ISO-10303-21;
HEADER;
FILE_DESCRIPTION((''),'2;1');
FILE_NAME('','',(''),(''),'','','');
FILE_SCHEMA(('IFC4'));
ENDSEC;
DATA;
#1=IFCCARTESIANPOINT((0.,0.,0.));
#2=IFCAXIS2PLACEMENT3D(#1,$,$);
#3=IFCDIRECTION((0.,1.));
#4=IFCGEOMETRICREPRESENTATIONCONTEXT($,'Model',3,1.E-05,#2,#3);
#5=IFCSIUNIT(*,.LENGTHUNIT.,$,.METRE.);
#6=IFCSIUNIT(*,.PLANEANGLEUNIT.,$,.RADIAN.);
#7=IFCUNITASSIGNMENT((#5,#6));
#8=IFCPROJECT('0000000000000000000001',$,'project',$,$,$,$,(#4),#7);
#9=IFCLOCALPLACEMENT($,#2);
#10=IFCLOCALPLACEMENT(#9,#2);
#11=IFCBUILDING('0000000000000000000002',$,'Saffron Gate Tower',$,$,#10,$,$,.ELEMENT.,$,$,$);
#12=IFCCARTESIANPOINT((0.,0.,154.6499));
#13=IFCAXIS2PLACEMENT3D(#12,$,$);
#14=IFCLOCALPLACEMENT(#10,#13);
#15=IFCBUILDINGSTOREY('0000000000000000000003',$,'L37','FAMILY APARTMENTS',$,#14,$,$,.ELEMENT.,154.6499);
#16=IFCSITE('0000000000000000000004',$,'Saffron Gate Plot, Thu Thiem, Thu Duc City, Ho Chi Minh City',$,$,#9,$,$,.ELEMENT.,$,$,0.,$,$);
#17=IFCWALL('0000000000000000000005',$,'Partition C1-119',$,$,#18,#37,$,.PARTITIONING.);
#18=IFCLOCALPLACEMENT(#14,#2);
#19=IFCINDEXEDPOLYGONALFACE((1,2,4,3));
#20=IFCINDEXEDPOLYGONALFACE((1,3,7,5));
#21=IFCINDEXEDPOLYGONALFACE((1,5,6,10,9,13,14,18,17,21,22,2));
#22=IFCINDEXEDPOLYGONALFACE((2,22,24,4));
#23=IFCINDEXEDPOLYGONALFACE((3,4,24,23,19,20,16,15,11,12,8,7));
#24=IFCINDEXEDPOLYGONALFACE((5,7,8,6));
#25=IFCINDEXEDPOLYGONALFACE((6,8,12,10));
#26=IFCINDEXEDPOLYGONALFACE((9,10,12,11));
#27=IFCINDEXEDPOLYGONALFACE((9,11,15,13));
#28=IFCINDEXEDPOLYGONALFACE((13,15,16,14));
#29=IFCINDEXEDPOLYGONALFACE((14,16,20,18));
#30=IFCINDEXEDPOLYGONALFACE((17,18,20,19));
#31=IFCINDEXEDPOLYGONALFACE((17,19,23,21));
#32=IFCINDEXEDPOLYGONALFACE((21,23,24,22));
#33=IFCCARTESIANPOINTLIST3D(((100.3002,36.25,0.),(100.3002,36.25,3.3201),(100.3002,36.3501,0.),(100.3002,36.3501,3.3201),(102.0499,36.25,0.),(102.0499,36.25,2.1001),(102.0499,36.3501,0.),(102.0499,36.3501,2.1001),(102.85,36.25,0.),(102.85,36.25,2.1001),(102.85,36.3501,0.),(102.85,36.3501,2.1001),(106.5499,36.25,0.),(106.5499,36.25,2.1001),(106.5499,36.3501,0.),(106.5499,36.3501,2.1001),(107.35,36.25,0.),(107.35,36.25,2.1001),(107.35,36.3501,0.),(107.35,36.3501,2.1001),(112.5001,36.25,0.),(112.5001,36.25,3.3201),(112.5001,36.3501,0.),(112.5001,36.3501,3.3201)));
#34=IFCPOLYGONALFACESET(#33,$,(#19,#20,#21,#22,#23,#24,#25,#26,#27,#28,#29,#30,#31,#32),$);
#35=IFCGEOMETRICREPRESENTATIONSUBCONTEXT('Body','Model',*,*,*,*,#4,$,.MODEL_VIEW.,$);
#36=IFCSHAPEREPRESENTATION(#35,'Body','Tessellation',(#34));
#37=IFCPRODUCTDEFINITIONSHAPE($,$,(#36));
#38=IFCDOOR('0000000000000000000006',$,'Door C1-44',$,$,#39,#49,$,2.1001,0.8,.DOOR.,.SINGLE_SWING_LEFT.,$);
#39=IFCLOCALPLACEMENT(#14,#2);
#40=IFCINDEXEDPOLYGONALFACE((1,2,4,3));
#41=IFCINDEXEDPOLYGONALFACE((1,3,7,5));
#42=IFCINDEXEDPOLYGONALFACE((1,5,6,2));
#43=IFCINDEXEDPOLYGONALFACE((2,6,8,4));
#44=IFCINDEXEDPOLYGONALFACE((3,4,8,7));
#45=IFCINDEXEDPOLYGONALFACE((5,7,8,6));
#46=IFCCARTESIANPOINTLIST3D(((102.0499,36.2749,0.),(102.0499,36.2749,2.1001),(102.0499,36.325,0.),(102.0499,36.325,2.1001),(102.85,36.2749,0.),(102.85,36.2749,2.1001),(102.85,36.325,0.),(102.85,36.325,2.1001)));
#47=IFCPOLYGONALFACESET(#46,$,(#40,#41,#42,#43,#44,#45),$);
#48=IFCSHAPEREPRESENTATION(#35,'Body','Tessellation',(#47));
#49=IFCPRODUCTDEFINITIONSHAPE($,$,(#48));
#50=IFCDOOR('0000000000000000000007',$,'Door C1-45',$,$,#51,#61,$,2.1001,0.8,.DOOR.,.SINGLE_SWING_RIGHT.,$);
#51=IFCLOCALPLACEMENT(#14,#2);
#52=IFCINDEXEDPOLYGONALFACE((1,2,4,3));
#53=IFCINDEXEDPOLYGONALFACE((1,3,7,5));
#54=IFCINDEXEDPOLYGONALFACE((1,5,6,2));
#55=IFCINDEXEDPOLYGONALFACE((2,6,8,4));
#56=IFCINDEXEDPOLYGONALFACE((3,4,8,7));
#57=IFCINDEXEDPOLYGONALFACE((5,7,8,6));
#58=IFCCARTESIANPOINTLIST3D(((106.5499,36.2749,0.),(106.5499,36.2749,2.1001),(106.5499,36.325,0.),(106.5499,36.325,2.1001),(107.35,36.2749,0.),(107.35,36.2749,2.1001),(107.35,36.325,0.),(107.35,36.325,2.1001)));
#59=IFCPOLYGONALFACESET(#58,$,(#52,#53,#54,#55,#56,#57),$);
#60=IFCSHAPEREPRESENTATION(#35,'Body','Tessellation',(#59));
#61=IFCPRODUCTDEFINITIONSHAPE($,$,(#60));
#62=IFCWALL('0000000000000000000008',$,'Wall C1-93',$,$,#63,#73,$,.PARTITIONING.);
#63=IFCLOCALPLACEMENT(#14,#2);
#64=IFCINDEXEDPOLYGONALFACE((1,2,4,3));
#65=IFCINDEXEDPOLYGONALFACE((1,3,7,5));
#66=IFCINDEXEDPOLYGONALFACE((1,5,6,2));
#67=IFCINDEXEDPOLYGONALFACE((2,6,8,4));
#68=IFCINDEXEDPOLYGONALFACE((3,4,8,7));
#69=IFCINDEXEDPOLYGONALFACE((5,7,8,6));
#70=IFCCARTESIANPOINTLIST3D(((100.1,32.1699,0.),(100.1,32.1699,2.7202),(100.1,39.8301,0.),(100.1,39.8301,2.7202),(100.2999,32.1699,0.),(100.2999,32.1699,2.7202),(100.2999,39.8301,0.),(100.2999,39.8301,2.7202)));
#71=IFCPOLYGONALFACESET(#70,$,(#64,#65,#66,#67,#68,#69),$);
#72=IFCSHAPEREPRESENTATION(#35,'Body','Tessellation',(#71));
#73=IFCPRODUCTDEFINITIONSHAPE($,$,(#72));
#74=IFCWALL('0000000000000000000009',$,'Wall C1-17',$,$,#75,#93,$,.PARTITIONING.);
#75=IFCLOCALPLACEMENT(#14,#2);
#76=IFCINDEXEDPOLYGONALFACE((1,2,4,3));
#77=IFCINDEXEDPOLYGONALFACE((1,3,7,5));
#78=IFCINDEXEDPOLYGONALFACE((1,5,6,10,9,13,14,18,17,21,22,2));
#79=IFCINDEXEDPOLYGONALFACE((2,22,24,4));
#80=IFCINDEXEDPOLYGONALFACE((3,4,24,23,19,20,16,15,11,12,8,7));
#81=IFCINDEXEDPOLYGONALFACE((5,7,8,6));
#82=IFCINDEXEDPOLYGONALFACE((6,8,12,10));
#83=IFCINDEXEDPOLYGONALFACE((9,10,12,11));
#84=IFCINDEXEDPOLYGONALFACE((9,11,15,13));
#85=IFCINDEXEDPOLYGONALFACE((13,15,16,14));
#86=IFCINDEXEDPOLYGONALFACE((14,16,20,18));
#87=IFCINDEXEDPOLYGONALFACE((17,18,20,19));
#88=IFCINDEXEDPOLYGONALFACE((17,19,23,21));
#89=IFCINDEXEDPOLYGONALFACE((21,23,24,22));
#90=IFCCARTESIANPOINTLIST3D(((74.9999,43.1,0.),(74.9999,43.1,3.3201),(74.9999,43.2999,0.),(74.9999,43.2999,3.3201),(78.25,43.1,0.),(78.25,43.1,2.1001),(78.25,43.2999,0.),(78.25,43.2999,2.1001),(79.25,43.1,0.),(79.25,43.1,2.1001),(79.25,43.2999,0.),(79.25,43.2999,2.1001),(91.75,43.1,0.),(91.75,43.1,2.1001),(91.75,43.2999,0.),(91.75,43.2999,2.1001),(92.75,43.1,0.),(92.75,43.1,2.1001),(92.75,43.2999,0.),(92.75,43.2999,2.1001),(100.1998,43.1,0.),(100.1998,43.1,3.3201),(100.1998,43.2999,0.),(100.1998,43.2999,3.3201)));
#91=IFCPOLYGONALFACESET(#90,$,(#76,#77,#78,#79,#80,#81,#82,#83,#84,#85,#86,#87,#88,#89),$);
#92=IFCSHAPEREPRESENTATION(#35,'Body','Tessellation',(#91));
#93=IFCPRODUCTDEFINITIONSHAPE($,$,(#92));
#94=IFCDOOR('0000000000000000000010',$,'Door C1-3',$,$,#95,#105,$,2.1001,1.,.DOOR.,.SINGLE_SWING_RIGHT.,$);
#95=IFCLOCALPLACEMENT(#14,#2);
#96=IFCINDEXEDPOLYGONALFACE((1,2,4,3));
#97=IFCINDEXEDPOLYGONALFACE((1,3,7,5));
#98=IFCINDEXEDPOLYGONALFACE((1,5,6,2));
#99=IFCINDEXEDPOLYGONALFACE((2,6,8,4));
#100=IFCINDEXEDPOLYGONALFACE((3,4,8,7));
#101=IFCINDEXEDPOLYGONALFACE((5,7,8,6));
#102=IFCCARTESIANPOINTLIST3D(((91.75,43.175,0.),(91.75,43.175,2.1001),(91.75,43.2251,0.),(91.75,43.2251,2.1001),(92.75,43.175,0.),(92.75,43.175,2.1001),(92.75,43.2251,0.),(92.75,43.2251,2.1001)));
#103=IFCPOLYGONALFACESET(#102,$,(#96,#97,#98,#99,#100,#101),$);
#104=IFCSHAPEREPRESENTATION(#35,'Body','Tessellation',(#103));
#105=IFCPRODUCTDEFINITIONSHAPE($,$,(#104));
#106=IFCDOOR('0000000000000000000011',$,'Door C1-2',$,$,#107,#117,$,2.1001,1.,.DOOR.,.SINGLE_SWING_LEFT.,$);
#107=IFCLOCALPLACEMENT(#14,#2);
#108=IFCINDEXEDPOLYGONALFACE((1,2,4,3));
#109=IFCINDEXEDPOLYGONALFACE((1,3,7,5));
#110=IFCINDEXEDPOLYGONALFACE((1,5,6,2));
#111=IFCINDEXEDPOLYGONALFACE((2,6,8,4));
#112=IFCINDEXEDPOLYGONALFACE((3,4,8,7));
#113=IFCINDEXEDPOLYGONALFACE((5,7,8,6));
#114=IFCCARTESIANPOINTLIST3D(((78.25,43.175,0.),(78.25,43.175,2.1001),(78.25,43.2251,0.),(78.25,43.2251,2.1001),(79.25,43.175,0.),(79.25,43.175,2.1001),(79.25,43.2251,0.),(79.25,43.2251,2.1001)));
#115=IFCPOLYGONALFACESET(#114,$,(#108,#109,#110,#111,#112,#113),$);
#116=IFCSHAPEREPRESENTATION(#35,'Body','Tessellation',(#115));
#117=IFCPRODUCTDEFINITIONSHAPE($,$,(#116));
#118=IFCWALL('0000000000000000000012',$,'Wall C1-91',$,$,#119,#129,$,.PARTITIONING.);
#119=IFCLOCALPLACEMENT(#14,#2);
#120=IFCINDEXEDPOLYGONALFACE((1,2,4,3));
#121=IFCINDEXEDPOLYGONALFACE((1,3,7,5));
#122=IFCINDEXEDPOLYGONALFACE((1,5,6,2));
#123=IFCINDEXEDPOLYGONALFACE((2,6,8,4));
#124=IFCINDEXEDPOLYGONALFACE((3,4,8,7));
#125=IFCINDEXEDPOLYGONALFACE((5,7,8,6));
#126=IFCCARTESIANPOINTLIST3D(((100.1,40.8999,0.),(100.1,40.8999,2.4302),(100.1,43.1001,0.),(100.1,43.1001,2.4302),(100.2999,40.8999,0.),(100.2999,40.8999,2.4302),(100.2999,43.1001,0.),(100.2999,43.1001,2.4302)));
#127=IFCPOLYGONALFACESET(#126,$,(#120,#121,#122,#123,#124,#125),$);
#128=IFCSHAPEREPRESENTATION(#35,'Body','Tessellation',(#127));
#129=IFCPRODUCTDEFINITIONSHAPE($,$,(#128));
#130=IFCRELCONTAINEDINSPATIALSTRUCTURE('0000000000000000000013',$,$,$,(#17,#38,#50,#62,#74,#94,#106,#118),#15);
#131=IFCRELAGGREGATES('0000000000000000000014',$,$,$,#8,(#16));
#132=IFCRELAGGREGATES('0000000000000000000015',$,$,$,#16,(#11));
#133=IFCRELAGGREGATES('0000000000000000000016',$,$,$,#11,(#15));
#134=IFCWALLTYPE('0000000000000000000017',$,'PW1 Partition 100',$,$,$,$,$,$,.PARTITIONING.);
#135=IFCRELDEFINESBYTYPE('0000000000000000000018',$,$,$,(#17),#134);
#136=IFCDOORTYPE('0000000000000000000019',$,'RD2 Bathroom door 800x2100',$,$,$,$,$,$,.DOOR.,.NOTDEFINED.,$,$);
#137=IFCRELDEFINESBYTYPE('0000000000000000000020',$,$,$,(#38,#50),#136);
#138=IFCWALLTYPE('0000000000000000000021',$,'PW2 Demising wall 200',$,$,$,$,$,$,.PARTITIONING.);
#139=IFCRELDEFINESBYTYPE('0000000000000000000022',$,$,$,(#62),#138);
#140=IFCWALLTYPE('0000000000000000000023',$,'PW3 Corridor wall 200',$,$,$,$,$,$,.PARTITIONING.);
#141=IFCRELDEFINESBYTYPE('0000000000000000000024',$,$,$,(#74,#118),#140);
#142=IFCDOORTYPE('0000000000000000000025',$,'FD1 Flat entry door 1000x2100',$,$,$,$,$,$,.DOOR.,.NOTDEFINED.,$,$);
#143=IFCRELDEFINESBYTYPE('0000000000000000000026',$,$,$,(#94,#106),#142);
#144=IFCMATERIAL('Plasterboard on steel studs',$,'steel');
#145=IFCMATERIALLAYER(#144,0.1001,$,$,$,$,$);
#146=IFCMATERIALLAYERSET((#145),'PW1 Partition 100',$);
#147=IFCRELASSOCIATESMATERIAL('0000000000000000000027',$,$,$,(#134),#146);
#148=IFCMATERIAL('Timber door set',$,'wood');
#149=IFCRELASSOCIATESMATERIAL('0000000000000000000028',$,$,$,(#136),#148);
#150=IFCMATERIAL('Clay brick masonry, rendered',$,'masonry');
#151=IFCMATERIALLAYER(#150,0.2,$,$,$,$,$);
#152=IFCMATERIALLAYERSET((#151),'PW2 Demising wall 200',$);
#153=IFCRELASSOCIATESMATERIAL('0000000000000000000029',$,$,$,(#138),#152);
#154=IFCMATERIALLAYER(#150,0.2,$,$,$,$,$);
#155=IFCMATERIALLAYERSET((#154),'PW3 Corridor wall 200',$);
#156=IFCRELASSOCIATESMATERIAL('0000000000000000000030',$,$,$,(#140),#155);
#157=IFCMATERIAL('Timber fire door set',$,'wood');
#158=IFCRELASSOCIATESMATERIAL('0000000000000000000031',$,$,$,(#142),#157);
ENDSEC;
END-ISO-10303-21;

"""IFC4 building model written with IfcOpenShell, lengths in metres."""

from ifc_helpers import new_model, si_unit, direction, frame, frame_2d, origin, place, context, subcontext, project, spatial, rectangle, extrude, material, layer, layer_set, type_object, element, fill, save


model = new_model("IFC4")

# Units and contexts
model_context = context("Model", 3, precision=1e-05, world=origin(), true_north=direction((0.0, 1.0)))
body_context = subcontext(model_context, "Body", "Model", "MODEL_VIEW")
ifc_project = project(units=[si_unit("LENGTHUNIT", "METRE"), si_unit("PLANEANGLEUNIT", "RADIAN")], contexts=[model_context])

# Site, building, storey
site_placement = place(None, origin())
site = spatial("IfcSite", under=ifc_project, at=site_placement, Name="Saffron Gate Plot, Thu Thiem, Thu Duc City, Ho Chi Minh City", CompositionType="ELEMENT", RefElevation=0.0)
building_placement = place(site_placement, origin())
building = spatial("IfcBuilding", under=site, at=building_placement, Name="Saffron Gate Tower", CompositionType="ELEMENT")
storey_placement = place(building_placement, frame((0.0, 0.0, 154.6499)))
storey = spatial("IfcBuildingStorey", under=building, at=storey_placement, Name="L37", Description="FAMILY APARTMENTS", CompositionType="ELEMENT", Elevation=154.6499)

# Wall, openings, doors
ifc_material_1 = material(Name="Plasterboard on steel studs", Category="steel")
ifc_layer_1 = layer(ifc_material_1, 0.1001)
ifc_layer_set_1 = layer_set([ifc_layer_1], Name="PW1 Partition 100")
wall_type_1 = type_object("IfcWallType", Name="PW1 Partition 100", PredefinedType="PARTITIONING", material=ifc_layer_set_1)
ifc_material_2 = material(Name="Timber door set", Category="wood")
wall_1_placement = place(storey_placement, frame((100.3, 36.3, 0.0), z_axis=(0.0, 0.0, 1.0), x_axis=(1.0, 0.0, 0.0)))
wall_1 = element("IfcWall", 1, at=wall_1_placement, inside=storey, type_object=wall_type_1, Name="Partition C1-119", PredefinedType="PARTITIONING", context=body_context, shape_type="SweptSolid", body=[
    extrude(rectangle(XDim=12.2, YDim=0.1001, at=frame_2d((6.1001, 0.0))), origin(), (0.0, 0.0, 1.0), 3.3201),
])
opening_1_placement = place(wall_1_placement, frame((1.75, 0.0, 0.0)))
opening_1 = element("IfcOpeningElement", 2, at=opening_1_placement, cuts=wall_1, PredefinedType="OPENING", context=body_context, shape_type="SweptSolid", body=[
    extrude(rectangle(XDim=0.8, YDim=2.1001, at=frame_2d((0.3999, 1.05))), frame((0.0, 0.0601, 0.0), z_axis=(0.0, -1.0, 0.0), x_axis=(1.0, 0.0, 0.0)), (0.0, 0.0, 1.0), 0.1201),
])
opening_2_placement = place(wall_1_placement, frame((6.25, 0.0, 0.0)))
opening_2 = element("IfcOpeningElement", 3, at=opening_2_placement, cuts=wall_1, PredefinedType="OPENING", context=body_context, shape_type="SweptSolid", body=[
    extrude(rectangle(XDim=0.8, YDim=2.1001, at=frame_2d((0.3999, 1.05))), frame((0.0, 0.0601, 0.0), z_axis=(0.0, -1.0, 0.0), x_axis=(1.0, 0.0, 0.0)), (0.0, 0.0, 1.0), 0.1201),
])
door_type_1 = type_object("IfcDoorType", Name="RD2 Bathroom door 800x2100", OperationType="NOTDEFINED", PredefinedType="DOOR", material=ifc_material_2)
door_1_placement = place(opening_1_placement, origin())
door_1 = element("IfcDoor", 4, at=door_1_placement, inside=storey, type_object=door_type_1, Name="Door C1-44", OperationType="SINGLE_SWING_LEFT", OverallHeight=2.1001, OverallWidth=0.8, PredefinedType="DOOR", context=body_context, shape_type="SweptSolid", body=[
    extrude(rectangle(XDim=0.8, YDim=2.1001, at=frame_2d((0.3999, 1.05))), frame((0.0, 0.0249, 0.0), z_axis=(0.0, -1.0, 0.0), x_axis=(1.0, 0.0, 0.0)), (0.0, 0.0, 1.0), 0.05),
])
fill(opening_1, door_1)
door_2_placement = place(opening_2_placement, origin())
door_2 = element("IfcDoor", 5, at=door_2_placement, inside=storey, type_object=door_type_1, Name="Door C1-45", OperationType="SINGLE_SWING_RIGHT", OverallHeight=2.1001, OverallWidth=0.8, PredefinedType="DOOR", context=body_context, shape_type="SweptSolid", body=[
    extrude(rectangle(XDim=0.8, YDim=2.1001, at=frame_2d((0.3999, 1.05))), frame((0.0, 0.0249, 0.0), z_axis=(0.0, -1.0, 0.0), x_axis=(1.0, 0.0, 0.0)), (0.0, 0.0, 1.0), 0.05),
])
fill(opening_2, door_2)

# Wall
ifc_material_3 = material(Name="Clay brick masonry, rendered", Category="masonry")
ifc_layer_2 = layer(ifc_material_3, 0.2)
ifc_layer_set_2 = layer_set([ifc_layer_2], Name="PW2 Demising wall 200")
wall_type_2 = type_object("IfcWallType", Name="PW2 Demising wall 200", PredefinedType="PARTITIONING", material=ifc_layer_set_2)
wall_2_placement = place(storey_placement, frame((100.2, 39.8301, 0.0), z_axis=(0.0, 0.0, 1.0), x_axis=(0.0, -1.0, 0.0)))
element("IfcWall", 6, at=wall_2_placement, inside=storey, type_object=wall_type_2, Name="Wall C1-93", PredefinedType="PARTITIONING", context=body_context, shape_type="SweptSolid", body=[
    extrude(rectangle(XDim=7.6602, YDim=0.2, at=frame_2d((3.8301, 0.0))), origin(), (0.0, 0.0, 1.0), 2.7202),
])

# Wall, openings, doors
ifc_layer_3 = layer(ifc_material_3, 0.2)
ifc_layer_set_3 = layer_set([ifc_layer_3], Name="PW3 Corridor wall 200")
wall_type_3 = type_object("IfcWallType", Name="PW3 Corridor wall 200", PredefinedType="PARTITIONING", material=ifc_layer_set_3)
wall_3_placement = place(storey_placement, frame((100.2, 43.2, 0.0), z_axis=(0.0, 0.0, 1.0), x_axis=(-1.0, 0.0, 0.0)))
wall_3 = element("IfcWall", 7, at=wall_3_placement, inside=storey, type_object=wall_type_3, Name="Wall C1-17", PredefinedType="PARTITIONING", context=body_context, shape_type="SweptSolid", body=[
    extrude(rectangle(XDim=25.2, YDim=0.2, at=frame_2d((12.6001, 0.0))), origin(), (0.0, 0.0, 1.0), 3.3201),
])
opening_3_placement = place(wall_3_placement, frame((7.45, 0.0, 0.0)))
opening_3 = element("IfcOpeningElement", 8, at=opening_3_placement, cuts=wall_3, PredefinedType="OPENING", context=body_context, shape_type="SweptSolid", body=[
    extrude(rectangle(XDim=1.0, YDim=2.1001, at=frame_2d((0.5, 1.05))), frame((0.0, 0.1099, 0.0), z_axis=(0.0, -1.0, 0.0), x_axis=(1.0, 0.0, 0.0)), (0.0, 0.0, 1.0), 0.22),
])
opening_4_placement = place(wall_3_placement, frame((20.95, 0.0, 0.0)))
opening_4 = element("IfcOpeningElement", 9, at=opening_4_placement, cuts=wall_3, PredefinedType="OPENING", context=body_context, shape_type="SweptSolid", body=[
    extrude(rectangle(XDim=1.0, YDim=2.1001, at=frame_2d((0.5, 1.05))), frame((0.0, 0.1099, 0.0), z_axis=(0.0, -1.0, 0.0), x_axis=(1.0, 0.0, 0.0)), (0.0, 0.0, 1.0), 0.22),
])
ifc_material_4 = material(Name="Timber fire door set", Category="wood")
door_type_2 = type_object("IfcDoorType", Name="FD1 Flat entry door 1000x2100", OperationType="NOTDEFINED", PredefinedType="DOOR", material=ifc_material_4)
door_3_placement = place(opening_3_placement, origin())
door_3 = element("IfcDoor", 10, at=door_3_placement, inside=storey, type_object=door_type_2, Name="Door C1-3", OperationType="SINGLE_SWING_RIGHT", OverallHeight=2.1001, OverallWidth=1.0, PredefinedType="DOOR", context=body_context, shape_type="SweptSolid", body=[
    extrude(rectangle(XDim=1.0, YDim=2.1001, at=frame_2d((0.5, 1.05))), frame((0.0, 0.0249, 0.0), z_axis=(0.0, -1.0, 0.0), x_axis=(1.0, 0.0, 0.0)), (0.0, 0.0, 1.0), 0.05),
])
fill(opening_3, door_3)
door_4_placement = place(opening_4_placement, origin())
door_4 = element("IfcDoor", 11, at=door_4_placement, inside=storey, type_object=door_type_2, Name="Door C1-2", OperationType="SINGLE_SWING_LEFT", OverallHeight=2.1001, OverallWidth=1.0, PredefinedType="DOOR", context=body_context, shape_type="SweptSolid", body=[
    extrude(rectangle(XDim=1.0, YDim=2.1001, at=frame_2d((0.5, 1.05))), frame((0.0, 0.0249, 0.0), z_axis=(0.0, -1.0, 0.0), x_axis=(1.0, 0.0, 0.0)), (0.0, 0.0, 1.0), 0.05),
])
fill(opening_4, door_4)

# Wall
wall_4_placement = place(storey_placement, frame((100.2, 43.1001, 0.0), z_axis=(0.0, 0.0, 1.0), x_axis=(0.0, -1.0, 0.0)))
element("IfcWall", 12, at=wall_4_placement, inside=storey, type_object=wall_type_3, Name="Wall C1-91", PredefinedType="PARTITIONING", context=body_context, shape_type="SweptSolid", body=[
    extrude(rectangle(XDim=2.2002, YDim=0.2, at=frame_2d((1.1001, 0.0))), origin(), (0.0, 0.0, 1.0), 2.4302),
])

save(model, "model.ifc")
